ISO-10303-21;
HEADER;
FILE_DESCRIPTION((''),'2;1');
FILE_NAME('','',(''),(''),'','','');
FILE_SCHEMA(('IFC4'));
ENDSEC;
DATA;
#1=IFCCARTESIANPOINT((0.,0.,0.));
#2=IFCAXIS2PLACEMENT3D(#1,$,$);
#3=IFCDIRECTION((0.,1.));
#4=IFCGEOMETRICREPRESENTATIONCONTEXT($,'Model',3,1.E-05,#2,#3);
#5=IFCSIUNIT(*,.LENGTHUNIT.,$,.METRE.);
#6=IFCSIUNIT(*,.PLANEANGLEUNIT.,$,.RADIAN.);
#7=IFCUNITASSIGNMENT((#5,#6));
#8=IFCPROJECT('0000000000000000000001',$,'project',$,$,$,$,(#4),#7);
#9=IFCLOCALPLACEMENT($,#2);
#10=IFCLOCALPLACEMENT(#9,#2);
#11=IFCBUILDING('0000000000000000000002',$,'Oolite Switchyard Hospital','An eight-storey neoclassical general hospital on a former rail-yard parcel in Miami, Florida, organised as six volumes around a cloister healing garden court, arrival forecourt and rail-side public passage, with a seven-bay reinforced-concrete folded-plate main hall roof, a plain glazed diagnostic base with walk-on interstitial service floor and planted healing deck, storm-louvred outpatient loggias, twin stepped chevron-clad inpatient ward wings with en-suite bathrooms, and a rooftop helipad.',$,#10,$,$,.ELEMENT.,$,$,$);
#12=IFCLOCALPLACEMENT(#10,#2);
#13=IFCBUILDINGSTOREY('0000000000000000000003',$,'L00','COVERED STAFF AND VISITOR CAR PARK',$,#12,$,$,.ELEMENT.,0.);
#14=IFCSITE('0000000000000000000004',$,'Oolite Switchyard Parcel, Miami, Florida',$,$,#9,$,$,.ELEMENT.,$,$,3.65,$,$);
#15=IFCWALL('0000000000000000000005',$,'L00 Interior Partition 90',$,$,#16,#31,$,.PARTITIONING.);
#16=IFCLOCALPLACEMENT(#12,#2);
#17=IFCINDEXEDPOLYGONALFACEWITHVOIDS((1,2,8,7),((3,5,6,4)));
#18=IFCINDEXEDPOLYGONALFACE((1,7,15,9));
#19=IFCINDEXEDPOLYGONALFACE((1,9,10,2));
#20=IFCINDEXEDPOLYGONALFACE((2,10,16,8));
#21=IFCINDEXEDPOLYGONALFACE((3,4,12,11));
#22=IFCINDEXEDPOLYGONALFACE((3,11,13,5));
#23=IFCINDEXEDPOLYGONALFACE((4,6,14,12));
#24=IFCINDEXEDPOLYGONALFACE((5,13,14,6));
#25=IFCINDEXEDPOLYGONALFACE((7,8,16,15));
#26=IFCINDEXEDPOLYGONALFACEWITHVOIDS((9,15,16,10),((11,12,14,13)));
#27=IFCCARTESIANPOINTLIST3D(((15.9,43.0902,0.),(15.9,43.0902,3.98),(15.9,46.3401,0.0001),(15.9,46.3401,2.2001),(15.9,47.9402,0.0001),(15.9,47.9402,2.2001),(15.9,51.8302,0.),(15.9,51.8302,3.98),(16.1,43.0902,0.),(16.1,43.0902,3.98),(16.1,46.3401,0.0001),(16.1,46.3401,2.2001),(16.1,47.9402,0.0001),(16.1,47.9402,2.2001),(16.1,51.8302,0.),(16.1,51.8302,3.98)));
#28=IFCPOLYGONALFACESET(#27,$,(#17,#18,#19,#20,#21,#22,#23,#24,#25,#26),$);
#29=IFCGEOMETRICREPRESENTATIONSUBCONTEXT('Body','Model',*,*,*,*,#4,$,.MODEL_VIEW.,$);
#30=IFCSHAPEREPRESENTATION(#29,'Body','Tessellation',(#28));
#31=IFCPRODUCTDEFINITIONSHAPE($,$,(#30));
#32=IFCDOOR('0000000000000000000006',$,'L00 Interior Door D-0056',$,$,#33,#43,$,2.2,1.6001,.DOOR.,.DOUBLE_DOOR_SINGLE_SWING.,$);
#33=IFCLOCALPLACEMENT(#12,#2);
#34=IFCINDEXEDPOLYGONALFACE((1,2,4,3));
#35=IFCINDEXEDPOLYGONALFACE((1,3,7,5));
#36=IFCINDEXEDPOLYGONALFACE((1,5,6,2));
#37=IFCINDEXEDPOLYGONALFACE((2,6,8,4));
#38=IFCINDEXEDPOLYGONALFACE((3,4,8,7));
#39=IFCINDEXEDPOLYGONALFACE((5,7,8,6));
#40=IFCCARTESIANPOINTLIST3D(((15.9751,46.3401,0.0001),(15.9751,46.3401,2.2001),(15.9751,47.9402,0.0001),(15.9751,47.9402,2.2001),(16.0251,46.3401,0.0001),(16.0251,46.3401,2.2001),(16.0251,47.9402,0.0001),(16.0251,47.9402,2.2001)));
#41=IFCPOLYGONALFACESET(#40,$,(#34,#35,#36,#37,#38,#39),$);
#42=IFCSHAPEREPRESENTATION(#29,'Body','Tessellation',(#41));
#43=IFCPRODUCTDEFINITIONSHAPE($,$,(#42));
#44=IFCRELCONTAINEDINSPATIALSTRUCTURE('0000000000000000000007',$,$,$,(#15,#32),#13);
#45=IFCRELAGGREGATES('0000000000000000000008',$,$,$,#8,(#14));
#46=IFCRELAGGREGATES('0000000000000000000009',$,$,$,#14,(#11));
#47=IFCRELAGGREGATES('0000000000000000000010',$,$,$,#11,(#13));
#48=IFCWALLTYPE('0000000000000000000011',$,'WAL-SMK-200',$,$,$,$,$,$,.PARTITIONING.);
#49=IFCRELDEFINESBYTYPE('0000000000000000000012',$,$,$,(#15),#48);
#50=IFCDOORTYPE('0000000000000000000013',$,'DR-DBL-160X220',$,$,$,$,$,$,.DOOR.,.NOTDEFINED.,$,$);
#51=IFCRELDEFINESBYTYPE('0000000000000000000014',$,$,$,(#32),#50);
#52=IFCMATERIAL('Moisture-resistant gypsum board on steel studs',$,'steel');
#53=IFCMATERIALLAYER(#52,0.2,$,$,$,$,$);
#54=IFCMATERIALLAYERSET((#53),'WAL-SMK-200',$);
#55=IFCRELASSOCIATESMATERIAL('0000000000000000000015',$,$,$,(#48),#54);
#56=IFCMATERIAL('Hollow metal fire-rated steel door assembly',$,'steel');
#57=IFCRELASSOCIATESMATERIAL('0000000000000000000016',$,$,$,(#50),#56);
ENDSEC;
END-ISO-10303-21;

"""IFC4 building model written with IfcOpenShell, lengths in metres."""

from ifc_helpers import new_model, si_unit, direction, frame, frame_2d, origin, place, context, subcontext, project, spatial, rectangle, extrude, material, layer, layer_set, type_object, element, fill, save


model = new_model("IFC4")

# Units and contexts
model_context = context("Model", 3, precision=1e-05, world=origin(), true_north=direction((0.0, 1.0)))
body_context = subcontext(model_context, "Body", "Model", "MODEL_VIEW")
ifc_project = project(units=[si_unit("LENGTHUNIT", "METRE"), si_unit("PLANEANGLEUNIT", "RADIAN")], contexts=[model_context])

# Site, building, storey
site_placement = place(None, origin())
site = spatial("IfcSite", under=ifc_project, at=site_placement, Name="Oolite Switchyard Parcel, Miami, Florida", CompositionType="ELEMENT", RefElevation=3.65)
building_placement = place(site_placement, origin())
building = spatial("IfcBuilding", under=site, at=building_placement, Name="Oolite Switchyard Hospital", Description="An eight-storey neoclassical general hospital on a former rail-yard parcel in Miami, Florida, organised as six volumes around a cloister healing garden court, arrival forecourt and rail-side public passage, with a seven-bay reinforced-concrete folded-plate main hall roof, a plain glazed diagnostic base with walk-on interstitial service floor and planted healing deck, storm-louvred outpatient loggias, twin stepped chevron-clad inpatient ward wings with en-suite bathrooms, and a rooftop helipad.", CompositionType="ELEMENT")
storey_placement = place(building_placement, origin())
storey = spatial("IfcBuildingStorey", under=building, at=storey_placement, Name="L00", Description="COVERED STAFF AND VISITOR CAR PARK", CompositionType="ELEMENT", Elevation=0.0)

# Shared definitions
ifc_material_1 = material(Name="Moisture-resistant gypsum board on steel studs", Category="steel")

# Wall, opening, door
ifc_layer_1 = layer(ifc_material_1, 0.2)
ifc_layer_set_1 = layer_set([ifc_layer_1], Name="WAL-SMK-200")
wall_type_1 = type_object("IfcWallType", Name="WAL-SMK-200", PredefinedType="PARTITIONING", material=ifc_layer_set_1)
wall_1_placement = place(storey_placement, frame((16.0, 43.0901, 0.0), z_axis=(0.0, 0.0, 1.0), x_axis=(0.0, 1.0, 0.0)))
wall_1 = element("IfcWall", 1, at=wall_1_placement, inside=storey, type_object=wall_type_1, Name="L00 Interior Partition 90", PredefinedType="PARTITIONING", context=body_context, shape_type="SweptSolid", body=[
    extrude(rectangle(XDim=8.74, YDim=0.2, at=frame_2d((4.3701, 0.0))), origin(), (0.0, 0.0, 1.0), 3.98),
])
opening_1_placement = place(wall_1_placement, frame((3.25, 0.0, 0.0)))
opening_1 = element("IfcOpeningElement", 2, at=opening_1_placement, cuts=wall_1, PredefinedType="OPENING", context=body_context, shape_type="SweptSolid", body=[
    extrude(rectangle(XDim=1.6001, YDim=2.2, at=frame_2d((0.8, 1.1001))), frame((0.0, 0.1099, 0.0), z_axis=(0.0, -1.0, 0.0), x_axis=(1.0, 0.0, 0.0)), (0.0, 0.0, 1.0), 0.22),
])
ifc_material_2 = material(Name="Hollow metal fire-rated steel door assembly", Category="steel")
door_type_1 = type_object("IfcDoorType", Name="DR-DBL-160X220", OperationType="NOTDEFINED", PredefinedType="DOOR", material=ifc_material_2)
door_1_placement = place(opening_1_placement, origin())
door_1 = element("IfcDoor", 3, at=door_1_placement, inside=storey, type_object=door_type_1, Name="L00 Interior Door D-0056", OperationType="DOUBLE_DOOR_SINGLE_SWING", OverallHeight=2.2, OverallWidth=1.6001, PredefinedType="DOOR", context=body_context, shape_type="SweptSolid", body=[
    extrude(rectangle(XDim=1.6001, YDim=2.2, at=frame_2d((0.8, 1.1001))), frame((0.0, 0.0249, 0.0), z_axis=(0.0, -1.0, 0.0), x_axis=(1.0, 0.0, 0.0)), (0.0, 0.0, 1.0), 0.05),
])
fill(opening_1, door_1)

save(model, "model.ifc")
